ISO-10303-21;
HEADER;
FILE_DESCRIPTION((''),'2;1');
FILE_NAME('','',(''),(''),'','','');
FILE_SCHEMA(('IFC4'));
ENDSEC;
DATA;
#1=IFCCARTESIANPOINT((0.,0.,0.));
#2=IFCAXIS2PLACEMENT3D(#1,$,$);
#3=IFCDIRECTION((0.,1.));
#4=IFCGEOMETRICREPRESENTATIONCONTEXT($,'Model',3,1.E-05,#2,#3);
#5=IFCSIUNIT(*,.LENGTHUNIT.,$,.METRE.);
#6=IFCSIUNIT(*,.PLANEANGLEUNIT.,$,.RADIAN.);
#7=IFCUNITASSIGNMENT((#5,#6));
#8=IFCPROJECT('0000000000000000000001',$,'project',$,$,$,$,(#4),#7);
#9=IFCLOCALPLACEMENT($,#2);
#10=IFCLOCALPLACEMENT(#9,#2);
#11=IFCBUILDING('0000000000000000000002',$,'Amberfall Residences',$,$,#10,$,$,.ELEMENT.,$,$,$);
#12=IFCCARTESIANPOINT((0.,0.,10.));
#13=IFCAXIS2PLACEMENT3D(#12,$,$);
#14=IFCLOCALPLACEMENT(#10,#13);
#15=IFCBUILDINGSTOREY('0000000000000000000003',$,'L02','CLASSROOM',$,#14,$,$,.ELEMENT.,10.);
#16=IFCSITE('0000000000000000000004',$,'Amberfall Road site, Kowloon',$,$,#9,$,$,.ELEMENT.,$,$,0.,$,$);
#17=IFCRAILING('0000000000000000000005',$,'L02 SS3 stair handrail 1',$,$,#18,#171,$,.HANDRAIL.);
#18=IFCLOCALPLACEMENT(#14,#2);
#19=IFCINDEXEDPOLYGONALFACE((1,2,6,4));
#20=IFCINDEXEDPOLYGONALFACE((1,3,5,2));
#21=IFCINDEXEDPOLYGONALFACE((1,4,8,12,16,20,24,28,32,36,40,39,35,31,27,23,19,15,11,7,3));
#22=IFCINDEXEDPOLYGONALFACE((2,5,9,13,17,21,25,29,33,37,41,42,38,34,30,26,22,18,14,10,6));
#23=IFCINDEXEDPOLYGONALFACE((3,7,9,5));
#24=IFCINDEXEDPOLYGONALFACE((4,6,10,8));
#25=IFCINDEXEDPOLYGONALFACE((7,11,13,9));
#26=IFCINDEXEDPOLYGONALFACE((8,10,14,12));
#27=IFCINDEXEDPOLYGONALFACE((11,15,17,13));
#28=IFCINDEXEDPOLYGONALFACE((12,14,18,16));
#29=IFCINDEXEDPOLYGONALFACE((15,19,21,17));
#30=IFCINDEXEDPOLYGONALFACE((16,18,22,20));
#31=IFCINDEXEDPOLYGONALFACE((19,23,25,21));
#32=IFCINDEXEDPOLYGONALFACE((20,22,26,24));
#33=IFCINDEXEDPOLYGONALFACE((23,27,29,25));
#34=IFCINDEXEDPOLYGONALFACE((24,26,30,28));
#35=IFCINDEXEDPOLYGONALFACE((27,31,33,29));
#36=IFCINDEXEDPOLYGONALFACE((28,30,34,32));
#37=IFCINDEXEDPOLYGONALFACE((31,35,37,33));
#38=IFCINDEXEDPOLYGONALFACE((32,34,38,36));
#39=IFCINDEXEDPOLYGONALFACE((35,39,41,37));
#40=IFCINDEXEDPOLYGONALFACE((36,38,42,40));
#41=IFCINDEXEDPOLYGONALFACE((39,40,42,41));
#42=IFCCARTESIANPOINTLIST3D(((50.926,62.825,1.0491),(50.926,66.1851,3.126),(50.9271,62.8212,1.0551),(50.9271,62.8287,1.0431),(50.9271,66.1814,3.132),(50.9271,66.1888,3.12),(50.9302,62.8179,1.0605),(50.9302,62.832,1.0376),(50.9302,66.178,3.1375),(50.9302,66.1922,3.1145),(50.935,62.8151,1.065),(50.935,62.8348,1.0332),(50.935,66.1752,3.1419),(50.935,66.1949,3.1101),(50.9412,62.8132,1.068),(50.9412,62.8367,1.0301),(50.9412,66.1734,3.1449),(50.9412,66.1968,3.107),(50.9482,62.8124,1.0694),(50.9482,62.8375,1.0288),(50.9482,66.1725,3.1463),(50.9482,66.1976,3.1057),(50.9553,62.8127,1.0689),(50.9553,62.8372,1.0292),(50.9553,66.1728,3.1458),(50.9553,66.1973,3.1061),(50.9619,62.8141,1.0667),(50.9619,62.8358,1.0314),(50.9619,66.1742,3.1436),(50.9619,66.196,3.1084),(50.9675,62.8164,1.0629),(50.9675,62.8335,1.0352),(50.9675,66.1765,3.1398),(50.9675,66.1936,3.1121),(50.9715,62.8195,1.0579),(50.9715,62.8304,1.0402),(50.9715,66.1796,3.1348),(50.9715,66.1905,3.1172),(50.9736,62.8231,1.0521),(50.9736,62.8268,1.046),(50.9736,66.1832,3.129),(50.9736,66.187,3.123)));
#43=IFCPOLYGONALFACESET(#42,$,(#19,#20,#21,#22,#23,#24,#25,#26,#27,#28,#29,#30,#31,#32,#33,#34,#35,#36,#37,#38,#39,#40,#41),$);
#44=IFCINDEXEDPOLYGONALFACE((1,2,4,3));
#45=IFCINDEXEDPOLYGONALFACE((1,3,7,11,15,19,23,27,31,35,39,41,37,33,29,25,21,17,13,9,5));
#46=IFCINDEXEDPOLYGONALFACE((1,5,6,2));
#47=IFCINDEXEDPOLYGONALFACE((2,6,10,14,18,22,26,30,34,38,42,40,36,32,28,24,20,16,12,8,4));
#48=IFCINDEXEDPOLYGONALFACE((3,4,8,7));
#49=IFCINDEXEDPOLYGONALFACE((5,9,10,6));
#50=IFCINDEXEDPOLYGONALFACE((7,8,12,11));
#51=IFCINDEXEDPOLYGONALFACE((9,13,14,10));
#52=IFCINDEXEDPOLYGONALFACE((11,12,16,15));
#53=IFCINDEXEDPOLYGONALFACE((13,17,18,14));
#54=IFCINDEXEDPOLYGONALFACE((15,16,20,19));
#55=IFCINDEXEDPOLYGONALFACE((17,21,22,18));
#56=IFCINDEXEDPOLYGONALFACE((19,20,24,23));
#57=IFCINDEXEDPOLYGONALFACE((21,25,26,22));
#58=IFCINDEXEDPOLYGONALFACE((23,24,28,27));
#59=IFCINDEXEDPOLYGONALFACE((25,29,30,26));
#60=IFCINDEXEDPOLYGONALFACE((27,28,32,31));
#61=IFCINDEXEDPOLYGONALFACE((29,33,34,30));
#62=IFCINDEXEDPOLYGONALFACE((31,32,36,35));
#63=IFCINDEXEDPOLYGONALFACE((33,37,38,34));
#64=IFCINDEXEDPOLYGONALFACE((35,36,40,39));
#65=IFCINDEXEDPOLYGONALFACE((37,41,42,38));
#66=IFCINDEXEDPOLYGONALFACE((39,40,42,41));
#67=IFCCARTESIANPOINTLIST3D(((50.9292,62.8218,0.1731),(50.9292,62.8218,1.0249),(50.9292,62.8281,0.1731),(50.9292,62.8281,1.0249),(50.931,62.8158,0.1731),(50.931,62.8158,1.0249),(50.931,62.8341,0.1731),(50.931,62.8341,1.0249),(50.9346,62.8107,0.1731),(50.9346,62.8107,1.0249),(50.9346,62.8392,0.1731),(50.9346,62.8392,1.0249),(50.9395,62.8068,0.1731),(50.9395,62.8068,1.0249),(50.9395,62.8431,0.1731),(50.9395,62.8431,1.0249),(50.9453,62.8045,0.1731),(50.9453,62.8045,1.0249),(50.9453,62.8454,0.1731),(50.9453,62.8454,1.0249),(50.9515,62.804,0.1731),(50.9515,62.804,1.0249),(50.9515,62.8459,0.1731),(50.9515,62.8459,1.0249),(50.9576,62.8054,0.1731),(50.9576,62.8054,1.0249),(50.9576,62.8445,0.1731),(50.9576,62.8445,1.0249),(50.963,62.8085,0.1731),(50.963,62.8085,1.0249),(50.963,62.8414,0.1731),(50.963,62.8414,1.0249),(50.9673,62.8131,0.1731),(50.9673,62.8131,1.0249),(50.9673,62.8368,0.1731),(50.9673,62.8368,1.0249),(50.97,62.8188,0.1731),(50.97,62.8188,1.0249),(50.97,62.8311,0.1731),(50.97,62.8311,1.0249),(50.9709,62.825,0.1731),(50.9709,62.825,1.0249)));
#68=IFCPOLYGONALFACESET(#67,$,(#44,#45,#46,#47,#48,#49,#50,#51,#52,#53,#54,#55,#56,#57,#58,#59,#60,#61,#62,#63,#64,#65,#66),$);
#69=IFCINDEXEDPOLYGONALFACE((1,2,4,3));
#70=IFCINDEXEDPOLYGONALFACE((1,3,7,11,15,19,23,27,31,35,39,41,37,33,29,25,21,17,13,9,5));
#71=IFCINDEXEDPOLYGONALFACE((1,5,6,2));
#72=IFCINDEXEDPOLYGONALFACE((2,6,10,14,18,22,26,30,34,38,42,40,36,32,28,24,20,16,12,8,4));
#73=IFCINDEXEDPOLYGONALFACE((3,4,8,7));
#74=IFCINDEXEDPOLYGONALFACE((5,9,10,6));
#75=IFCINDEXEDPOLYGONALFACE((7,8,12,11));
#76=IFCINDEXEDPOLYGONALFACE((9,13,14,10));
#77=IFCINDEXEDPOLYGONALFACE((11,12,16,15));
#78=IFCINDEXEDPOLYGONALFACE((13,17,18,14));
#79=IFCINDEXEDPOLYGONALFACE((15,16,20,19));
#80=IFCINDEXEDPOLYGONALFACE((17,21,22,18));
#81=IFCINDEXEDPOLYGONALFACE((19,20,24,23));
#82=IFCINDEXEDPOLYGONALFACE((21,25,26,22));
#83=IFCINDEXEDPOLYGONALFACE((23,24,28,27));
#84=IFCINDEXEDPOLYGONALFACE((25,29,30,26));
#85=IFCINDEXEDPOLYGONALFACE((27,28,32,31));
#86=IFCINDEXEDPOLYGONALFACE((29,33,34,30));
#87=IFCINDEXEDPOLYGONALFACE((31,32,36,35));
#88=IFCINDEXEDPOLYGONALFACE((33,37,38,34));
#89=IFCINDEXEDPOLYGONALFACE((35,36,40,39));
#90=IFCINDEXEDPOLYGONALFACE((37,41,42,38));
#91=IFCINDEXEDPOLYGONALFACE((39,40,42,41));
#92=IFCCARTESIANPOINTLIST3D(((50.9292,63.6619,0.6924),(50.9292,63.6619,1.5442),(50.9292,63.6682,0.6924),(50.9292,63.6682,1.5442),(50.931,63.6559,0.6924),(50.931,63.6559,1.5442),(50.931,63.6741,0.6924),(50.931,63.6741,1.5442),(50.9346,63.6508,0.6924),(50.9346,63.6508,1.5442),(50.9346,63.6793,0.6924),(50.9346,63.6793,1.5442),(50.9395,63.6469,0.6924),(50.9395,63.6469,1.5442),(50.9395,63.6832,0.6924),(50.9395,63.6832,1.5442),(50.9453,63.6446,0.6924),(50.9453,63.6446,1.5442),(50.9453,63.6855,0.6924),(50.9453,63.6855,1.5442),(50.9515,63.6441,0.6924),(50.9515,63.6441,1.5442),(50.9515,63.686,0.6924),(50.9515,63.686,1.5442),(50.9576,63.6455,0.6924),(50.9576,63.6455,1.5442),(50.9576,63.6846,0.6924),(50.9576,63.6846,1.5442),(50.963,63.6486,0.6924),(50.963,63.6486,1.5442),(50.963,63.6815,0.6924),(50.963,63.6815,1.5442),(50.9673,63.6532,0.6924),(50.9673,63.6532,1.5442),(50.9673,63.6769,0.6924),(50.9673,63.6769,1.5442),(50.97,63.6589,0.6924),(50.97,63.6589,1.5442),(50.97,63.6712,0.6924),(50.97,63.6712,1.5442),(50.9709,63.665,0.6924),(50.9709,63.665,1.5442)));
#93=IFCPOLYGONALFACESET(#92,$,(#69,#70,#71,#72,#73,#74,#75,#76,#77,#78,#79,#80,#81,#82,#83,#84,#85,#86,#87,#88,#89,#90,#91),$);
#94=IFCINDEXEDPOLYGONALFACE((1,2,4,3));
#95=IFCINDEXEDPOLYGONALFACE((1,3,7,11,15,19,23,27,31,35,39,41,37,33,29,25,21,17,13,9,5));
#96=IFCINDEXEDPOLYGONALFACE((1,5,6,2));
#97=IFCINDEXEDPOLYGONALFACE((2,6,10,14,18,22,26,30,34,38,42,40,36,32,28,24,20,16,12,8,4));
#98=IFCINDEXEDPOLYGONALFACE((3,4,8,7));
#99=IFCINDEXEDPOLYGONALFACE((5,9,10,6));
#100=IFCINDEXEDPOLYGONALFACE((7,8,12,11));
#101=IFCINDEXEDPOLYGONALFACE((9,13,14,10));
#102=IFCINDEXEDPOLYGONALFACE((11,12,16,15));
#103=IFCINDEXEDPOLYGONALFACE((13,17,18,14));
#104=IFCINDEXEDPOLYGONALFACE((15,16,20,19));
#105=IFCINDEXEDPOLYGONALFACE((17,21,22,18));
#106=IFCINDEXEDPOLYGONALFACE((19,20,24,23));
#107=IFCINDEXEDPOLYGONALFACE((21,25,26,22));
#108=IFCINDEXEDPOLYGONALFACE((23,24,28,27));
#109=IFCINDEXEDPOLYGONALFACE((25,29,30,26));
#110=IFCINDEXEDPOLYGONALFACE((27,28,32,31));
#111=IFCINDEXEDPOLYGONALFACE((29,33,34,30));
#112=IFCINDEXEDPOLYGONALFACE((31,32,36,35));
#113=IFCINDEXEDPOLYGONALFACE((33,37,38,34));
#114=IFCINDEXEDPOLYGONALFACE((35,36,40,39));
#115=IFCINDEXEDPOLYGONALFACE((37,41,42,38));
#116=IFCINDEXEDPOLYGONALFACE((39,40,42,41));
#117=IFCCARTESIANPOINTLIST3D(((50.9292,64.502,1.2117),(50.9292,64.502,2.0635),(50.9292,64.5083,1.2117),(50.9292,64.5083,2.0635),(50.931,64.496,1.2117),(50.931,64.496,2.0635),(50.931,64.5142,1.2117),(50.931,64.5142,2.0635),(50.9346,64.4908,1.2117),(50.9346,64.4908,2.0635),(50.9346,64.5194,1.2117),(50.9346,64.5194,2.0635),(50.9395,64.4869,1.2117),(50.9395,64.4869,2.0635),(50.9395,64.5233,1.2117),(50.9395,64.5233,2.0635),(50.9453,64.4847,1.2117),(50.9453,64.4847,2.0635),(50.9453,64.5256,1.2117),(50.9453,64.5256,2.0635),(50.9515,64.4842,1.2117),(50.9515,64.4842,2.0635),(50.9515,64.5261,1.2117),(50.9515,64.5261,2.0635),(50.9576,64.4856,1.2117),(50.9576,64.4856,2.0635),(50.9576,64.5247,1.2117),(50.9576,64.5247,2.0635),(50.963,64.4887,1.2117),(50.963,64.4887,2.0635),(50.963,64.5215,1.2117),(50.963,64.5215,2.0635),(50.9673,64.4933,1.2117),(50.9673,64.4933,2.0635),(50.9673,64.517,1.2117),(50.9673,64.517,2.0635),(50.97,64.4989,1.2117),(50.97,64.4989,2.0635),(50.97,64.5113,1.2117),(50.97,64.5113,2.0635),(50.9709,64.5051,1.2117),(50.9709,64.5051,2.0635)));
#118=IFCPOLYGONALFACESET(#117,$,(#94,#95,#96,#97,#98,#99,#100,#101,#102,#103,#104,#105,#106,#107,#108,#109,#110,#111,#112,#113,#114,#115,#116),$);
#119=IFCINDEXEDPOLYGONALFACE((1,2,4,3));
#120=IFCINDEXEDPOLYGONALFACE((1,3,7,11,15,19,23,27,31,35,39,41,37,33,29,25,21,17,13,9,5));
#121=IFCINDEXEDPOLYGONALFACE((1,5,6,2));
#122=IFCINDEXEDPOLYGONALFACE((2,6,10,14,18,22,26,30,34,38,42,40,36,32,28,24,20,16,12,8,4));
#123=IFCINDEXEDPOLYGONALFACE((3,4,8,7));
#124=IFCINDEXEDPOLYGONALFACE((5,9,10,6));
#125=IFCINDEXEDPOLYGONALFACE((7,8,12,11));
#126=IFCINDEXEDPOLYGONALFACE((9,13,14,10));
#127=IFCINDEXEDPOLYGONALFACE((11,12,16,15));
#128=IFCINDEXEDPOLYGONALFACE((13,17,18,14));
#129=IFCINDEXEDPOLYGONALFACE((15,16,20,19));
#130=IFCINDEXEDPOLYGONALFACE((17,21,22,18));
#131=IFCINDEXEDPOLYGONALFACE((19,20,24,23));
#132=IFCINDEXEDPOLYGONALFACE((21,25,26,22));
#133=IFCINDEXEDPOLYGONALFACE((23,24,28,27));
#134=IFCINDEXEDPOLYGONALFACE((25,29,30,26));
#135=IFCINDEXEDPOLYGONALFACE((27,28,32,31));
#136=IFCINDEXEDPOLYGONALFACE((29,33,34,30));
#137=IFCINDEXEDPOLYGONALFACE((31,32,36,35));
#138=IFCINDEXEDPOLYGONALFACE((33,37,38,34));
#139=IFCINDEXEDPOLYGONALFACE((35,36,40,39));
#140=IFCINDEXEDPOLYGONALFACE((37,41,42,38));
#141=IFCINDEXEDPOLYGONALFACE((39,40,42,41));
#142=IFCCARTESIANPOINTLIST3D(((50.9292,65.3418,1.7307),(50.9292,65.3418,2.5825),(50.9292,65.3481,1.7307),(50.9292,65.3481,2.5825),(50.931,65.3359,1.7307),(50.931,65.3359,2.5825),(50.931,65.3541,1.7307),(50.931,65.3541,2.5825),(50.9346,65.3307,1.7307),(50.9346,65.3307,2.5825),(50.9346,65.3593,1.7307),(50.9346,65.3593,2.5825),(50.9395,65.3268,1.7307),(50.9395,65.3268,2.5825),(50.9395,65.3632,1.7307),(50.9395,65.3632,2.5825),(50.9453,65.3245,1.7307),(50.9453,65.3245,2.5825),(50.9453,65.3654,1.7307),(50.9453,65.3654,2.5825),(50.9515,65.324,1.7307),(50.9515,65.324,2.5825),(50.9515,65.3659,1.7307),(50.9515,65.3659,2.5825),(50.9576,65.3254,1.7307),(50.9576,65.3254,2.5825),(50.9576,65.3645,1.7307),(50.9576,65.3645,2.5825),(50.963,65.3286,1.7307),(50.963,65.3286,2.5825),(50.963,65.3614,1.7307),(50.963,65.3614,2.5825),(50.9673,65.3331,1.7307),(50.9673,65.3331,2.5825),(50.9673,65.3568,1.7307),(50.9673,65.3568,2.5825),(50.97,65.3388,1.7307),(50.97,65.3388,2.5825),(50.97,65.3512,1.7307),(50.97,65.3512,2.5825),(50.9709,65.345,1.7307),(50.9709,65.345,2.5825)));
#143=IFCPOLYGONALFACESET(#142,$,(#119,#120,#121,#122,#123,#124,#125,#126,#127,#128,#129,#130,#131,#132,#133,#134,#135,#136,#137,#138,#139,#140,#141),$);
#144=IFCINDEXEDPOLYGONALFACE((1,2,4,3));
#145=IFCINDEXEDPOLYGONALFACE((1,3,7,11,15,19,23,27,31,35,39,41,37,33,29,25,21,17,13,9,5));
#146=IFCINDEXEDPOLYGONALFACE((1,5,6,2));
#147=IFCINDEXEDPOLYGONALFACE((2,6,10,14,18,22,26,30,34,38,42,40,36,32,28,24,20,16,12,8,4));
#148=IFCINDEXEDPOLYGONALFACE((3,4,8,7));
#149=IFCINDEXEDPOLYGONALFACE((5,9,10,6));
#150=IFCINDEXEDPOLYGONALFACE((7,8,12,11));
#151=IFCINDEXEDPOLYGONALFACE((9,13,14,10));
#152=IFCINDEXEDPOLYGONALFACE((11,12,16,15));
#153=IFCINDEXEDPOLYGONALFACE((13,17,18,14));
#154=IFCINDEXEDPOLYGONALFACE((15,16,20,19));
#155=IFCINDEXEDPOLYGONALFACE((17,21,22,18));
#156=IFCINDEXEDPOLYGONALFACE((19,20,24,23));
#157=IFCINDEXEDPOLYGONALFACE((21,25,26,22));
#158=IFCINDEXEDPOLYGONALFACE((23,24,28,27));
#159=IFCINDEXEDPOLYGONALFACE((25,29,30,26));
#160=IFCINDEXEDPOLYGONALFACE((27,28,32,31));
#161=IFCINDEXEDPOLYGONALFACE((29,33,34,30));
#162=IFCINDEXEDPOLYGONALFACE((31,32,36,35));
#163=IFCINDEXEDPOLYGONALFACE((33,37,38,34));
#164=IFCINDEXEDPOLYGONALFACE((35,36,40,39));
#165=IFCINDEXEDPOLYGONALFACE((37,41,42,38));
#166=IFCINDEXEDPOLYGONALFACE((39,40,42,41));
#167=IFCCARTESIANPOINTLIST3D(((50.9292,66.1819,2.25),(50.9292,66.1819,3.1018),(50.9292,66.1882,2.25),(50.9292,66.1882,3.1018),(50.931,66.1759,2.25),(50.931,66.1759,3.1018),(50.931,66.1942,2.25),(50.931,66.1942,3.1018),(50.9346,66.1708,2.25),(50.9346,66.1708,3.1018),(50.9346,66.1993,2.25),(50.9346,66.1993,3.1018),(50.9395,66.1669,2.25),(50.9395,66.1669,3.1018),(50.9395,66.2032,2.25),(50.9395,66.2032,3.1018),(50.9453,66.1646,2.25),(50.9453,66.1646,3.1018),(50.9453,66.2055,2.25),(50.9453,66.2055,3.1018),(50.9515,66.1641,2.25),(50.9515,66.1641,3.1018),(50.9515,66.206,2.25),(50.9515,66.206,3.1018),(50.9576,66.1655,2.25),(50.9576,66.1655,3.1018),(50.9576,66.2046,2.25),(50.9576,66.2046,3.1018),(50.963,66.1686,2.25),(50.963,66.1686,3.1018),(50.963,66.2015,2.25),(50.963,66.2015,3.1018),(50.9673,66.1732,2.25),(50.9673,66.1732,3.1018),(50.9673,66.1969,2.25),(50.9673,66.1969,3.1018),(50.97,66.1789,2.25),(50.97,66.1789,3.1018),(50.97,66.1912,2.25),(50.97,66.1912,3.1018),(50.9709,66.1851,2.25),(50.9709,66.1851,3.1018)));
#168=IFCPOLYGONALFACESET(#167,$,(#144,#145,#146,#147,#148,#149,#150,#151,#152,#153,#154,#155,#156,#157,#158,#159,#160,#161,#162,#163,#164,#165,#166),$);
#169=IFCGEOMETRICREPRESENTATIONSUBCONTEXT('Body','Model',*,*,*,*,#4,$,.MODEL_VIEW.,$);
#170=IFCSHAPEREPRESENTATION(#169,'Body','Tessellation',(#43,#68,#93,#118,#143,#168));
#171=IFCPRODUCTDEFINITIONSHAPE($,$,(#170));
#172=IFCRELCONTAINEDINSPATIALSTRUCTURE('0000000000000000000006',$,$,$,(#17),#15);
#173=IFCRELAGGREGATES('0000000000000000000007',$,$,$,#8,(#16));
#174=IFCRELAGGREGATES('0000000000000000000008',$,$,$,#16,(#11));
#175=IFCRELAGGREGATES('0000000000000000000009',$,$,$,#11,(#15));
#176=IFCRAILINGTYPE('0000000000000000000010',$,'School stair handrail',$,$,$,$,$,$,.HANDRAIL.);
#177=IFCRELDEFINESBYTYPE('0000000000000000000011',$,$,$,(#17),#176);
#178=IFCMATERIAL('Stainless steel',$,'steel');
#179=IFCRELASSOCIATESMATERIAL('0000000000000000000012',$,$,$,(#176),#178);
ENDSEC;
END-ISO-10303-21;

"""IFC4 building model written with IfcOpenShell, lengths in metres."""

from ifc_helpers import new_model, si_unit, direction, frame, origin, origin_2d, place, context, subcontext, project, spatial, circle, extrude, material, type_object, element, save


model = new_model("IFC4")

# Units and contexts
model_context = context("Model", 3, precision=1e-05, world=origin(), true_north=direction((0.0, 1.0)))
body_context = subcontext(model_context, "Body", "Model", "MODEL_VIEW")
ifc_project = project(units=[si_unit("LENGTHUNIT", "METRE"), si_unit("PLANEANGLEUNIT", "RADIAN")], contexts=[model_context])

# Site, building, storey
site_placement = place(None, origin())
site = spatial("IfcSite", under=ifc_project, at=site_placement, Name="Amberfall Road site, Kowloon", CompositionType="ELEMENT", RefElevation=0.0)
building_placement = place(site_placement, origin())
building = spatial("IfcBuilding", under=site, at=building_placement, Name="Amberfall Residences", CompositionType="ELEMENT")
storey_placement = place(building_placement, frame((0.0, 0.0, 10.0)))
storey = spatial("IfcBuildingStorey", under=building, at=storey_placement, Name="L02", Description="CLASSROOM", CompositionType="ELEMENT", Elevation=10.0)

# Railing
ifc_material_1 = material(Name="Stainless steel", Category="steel")
railing_type_1 = type_object("IfcRailingType", Name="School stair handrail", PredefinedType="HANDRAIL", material=ifc_material_1)
railing_1_placement = place(storey_placement, frame((50.95, 62.825, 0.1731)))
element("IfcRailing", 1, at=railing_1_placement, inside=storey, type_object=railing_type_1, Name="L02 SS3 stair handrail 1", PredefinedType="HANDRAIL", context=body_context, shape_type="SweptSolid", body=[
    extrude(circle(Radius=0.0239, at=origin_2d()), frame((0.0, 0.0, 0.876), z_axis=(0.0, 0.850623, 0.525776), x_axis=(-1.0, 0.0, 0.0)), (0.0, 0.0, 1.0), 3.9502),
    extrude(circle(Radius=0.021, at=origin_2d()), origin(), (0.0, 0.0, 1.0), 0.8518),
    extrude(circle(Radius=0.021, at=origin_2d()), frame((0.0, 0.8401, 0.5193)), (0.0, 0.0, 1.0), 0.8518),
    extrude(circle(Radius=0.021, at=origin_2d()), frame((0.0, 1.6802, 1.0386)), (0.0, 0.0, 1.0), 0.8518),
    extrude(circle(Radius=0.021, at=origin_2d()), frame((0.0, 2.52, 1.5576)), (0.0, 0.0, 1.0), 0.8518),
    extrude(circle(Radius=0.021, at=origin_2d()), frame((0.0, 3.3601, 2.0769)), (0.0, 0.0, 1.0), 0.8518),
])

save(model, "model.ifc")
